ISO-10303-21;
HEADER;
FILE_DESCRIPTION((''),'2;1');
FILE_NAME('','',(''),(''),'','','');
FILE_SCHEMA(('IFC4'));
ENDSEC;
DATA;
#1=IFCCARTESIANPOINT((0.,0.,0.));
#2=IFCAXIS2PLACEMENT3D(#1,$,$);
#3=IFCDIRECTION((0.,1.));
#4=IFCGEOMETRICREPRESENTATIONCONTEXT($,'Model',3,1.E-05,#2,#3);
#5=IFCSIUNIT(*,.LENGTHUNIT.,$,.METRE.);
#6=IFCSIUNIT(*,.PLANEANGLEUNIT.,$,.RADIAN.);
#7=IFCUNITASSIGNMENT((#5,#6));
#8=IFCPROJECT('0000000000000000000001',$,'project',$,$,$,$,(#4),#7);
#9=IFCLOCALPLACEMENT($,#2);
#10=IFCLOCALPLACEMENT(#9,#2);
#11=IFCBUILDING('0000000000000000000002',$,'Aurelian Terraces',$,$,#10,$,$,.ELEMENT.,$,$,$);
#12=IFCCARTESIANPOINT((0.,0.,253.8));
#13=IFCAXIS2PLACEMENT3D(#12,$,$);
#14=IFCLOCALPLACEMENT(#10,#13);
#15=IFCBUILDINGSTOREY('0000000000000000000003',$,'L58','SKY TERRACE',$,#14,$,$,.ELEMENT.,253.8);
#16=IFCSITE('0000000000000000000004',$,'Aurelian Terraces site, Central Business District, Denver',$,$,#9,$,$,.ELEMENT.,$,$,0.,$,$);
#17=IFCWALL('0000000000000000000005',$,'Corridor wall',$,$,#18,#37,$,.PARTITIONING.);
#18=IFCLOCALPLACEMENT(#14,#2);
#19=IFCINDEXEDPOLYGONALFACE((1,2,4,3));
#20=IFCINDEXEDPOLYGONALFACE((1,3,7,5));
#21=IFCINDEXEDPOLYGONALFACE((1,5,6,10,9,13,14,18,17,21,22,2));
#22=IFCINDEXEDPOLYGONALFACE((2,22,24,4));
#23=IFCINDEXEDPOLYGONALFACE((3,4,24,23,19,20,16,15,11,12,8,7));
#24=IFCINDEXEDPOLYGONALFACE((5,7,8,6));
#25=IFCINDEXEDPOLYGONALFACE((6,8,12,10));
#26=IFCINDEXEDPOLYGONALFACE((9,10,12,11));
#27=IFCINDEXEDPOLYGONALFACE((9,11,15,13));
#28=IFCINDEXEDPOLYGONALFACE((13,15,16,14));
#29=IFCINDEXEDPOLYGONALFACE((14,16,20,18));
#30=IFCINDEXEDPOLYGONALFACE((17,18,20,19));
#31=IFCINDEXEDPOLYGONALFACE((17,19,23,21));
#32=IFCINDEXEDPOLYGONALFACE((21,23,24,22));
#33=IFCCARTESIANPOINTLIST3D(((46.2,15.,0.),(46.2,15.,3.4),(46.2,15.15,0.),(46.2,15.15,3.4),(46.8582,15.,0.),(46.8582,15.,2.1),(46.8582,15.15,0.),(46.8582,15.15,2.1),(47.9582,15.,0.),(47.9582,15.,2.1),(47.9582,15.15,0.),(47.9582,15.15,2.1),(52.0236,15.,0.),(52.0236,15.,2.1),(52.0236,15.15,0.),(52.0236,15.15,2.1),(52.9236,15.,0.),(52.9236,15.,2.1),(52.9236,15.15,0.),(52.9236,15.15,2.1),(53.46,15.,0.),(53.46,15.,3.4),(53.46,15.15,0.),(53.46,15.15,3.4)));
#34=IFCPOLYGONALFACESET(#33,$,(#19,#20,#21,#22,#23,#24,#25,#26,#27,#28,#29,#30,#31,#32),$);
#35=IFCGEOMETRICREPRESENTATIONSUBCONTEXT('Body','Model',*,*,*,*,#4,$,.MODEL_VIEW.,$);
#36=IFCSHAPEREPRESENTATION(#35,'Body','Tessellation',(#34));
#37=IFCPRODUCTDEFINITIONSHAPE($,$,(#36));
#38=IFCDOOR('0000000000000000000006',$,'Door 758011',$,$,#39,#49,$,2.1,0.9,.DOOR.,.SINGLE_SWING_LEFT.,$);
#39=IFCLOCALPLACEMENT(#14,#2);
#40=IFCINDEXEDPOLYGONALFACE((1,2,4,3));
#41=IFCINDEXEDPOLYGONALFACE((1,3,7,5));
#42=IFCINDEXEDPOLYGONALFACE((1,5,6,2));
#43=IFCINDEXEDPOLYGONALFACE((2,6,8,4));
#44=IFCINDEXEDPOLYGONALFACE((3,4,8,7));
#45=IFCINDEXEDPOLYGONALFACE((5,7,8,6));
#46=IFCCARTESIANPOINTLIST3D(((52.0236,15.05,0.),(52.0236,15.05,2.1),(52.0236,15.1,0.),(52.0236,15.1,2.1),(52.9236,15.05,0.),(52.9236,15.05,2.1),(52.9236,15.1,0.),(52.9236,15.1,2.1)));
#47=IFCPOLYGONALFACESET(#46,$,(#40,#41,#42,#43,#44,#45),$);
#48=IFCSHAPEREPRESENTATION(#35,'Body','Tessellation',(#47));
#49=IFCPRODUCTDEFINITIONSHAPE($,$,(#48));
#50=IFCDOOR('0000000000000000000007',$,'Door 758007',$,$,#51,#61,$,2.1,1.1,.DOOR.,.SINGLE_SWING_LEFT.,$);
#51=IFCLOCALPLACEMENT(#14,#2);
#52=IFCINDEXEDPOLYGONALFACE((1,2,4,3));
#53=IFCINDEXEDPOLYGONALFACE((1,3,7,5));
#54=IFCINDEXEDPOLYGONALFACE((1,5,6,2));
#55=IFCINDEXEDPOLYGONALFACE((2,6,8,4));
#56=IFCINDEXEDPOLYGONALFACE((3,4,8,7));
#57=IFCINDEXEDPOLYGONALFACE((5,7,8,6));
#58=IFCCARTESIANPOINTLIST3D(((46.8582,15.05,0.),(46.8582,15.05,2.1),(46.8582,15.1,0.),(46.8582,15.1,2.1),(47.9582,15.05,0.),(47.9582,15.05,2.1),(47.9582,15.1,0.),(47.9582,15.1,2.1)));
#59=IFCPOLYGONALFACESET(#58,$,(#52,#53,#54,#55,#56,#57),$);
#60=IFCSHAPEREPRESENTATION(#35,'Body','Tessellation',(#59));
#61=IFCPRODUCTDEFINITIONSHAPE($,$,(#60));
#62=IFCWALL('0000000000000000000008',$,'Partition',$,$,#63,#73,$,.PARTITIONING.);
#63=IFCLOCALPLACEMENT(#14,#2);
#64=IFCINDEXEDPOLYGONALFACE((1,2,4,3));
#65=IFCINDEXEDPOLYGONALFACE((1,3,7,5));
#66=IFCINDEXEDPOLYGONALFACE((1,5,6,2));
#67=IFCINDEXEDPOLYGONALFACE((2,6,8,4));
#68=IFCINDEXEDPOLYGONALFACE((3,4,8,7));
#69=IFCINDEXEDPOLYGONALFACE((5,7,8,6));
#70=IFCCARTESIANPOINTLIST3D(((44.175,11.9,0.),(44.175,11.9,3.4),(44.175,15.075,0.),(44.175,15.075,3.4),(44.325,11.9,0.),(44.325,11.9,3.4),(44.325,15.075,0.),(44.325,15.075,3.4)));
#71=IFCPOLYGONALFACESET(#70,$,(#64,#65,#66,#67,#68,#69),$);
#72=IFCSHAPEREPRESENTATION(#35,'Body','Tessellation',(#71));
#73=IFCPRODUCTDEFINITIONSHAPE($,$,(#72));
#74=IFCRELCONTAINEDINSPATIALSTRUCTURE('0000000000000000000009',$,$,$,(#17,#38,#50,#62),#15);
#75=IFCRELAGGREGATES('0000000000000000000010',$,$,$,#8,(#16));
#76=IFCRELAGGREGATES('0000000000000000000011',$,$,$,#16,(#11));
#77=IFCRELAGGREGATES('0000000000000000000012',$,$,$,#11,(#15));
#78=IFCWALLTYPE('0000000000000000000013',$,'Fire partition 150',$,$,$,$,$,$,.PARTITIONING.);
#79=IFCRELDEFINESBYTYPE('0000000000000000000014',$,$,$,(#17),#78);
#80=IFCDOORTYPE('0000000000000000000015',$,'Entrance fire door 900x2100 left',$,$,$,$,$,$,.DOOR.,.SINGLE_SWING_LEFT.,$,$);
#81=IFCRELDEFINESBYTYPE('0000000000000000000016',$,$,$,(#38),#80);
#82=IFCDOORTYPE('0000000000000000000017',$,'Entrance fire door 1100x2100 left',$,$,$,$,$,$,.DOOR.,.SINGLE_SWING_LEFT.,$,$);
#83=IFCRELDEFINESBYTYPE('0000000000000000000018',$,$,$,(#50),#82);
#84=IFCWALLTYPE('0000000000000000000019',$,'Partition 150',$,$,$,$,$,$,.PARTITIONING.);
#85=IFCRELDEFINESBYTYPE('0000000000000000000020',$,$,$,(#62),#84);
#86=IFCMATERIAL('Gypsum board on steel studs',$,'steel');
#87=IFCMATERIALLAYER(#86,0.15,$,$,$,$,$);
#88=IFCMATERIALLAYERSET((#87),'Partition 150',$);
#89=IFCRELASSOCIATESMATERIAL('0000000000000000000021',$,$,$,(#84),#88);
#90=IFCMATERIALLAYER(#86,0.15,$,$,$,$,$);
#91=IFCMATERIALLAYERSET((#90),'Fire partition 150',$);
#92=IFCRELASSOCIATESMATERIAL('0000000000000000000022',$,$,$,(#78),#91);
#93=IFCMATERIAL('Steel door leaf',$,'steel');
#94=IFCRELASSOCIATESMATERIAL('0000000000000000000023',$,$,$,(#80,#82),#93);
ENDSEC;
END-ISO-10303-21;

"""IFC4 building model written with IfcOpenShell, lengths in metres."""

from ifc_helpers import new_model, si_unit, direction, frame, frame_2d, origin, place, context, subcontext, project, spatial, rectangle, extrude, source, transform, mapped, material, layer, layer_set, type_object, element, fill, save


model = new_model("IFC4")

# Units and contexts
model_context = context("Model", 3, precision=1e-05, world=origin(), true_north=direction((0.0, 1.0)))
body_context = subcontext(model_context, "Body", "Model", "MODEL_VIEW")
ifc_project = project(units=[si_unit("LENGTHUNIT", "METRE"), si_unit("PLANEANGLEUNIT", "RADIAN")], contexts=[model_context])

# Site, building, storey
site_placement = place(None, origin())
site = spatial("IfcSite", under=ifc_project, at=site_placement, Name="Aurelian Terraces site, Central Business District, Denver", CompositionType="ELEMENT", RefElevation=0.0)
building_placement = place(site_placement, origin())
building = spatial("IfcBuilding", under=site, at=building_placement, Name="Aurelian Terraces", CompositionType="ELEMENT")
storey_placement = place(building_placement, frame((0.0, 0.0, 253.8)))
storey = spatial("IfcBuildingStorey", under=building, at=storey_placement, Name="L58", Description="SKY TERRACE", CompositionType="ELEMENT", Elevation=253.8)

# Shared definitions
ifc_material_1 = material(Name="Gypsum board on steel studs", Category="steel")
ifc_layer_1 = layer(ifc_material_1, 0.15)
ifc_layer_set_1 = layer_set([ifc_layer_1], Name="Partition 150")
wall_type_1 = type_object("IfcWallType", Name="Partition 150", PredefinedType="PARTITIONING", material=ifc_layer_set_1)

# Shared definitions
ifc_layer_2 = layer(ifc_material_1, 0.15)
ifc_layer_set_2 = layer_set([ifc_layer_2], Name="Fire partition 150")
wall_type_2 = type_object("IfcWallType", Name="Fire partition 150", PredefinedType="PARTITIONING", material=ifc_layer_set_2)
shared_shape_1 = source(origin(), body_context, "Body", "SweptSolid", [
    extrude(rectangle(XDim=0.9, YDim=2.1, at=frame_2d((0.45, 1.05))), frame((0.0, 0.085, 0.0), z_axis=(0.0, -1.0, 0.0), x_axis=(1.0, 0.0, 0.0)), (0.0, 0.0, 1.0), 0.17),
])
shared_shape_2 = source(origin(), body_context, "Body", "SweptSolid", [
    extrude(rectangle(XDim=0.9, YDim=2.1, at=frame_2d((0.45, 1.05))), frame((0.0, 0.025, 0.0), z_axis=(0.0, -1.0, 0.0), x_axis=(1.0, 0.0, 0.0)), (0.0, 0.0, 1.0), 0.05),
])

# Wall, openings, doors
ifc_material_2 = material(Name="Steel door leaf", Category="steel")
door_type_1 = type_object("IfcDoorType", Name="Entrance fire door 900x2100 left", OperationType="SINGLE_SWING_LEFT", PredefinedType="DOOR", material=ifc_material_2)
shared_shape_3 = source(origin(), body_context, "Body", "SweptSolid", [
    extrude(rectangle(XDim=7.26, YDim=0.15, at=frame_2d((3.63, 0.0))), origin(), (0.0, 0.0, 1.0), 3.4),
])
wall_1_placement = place(storey_placement, frame((53.46, 15.075, 0.0), z_axis=(0.0, 0.0, 1.0), x_axis=(-1.0, 0.0, 0.0)))
wall_1 = element("IfcWall", 1, at=wall_1_placement, inside=storey, type_object=wall_type_2, Name="Corridor wall", PredefinedType="PARTITIONING", context=body_context, shape_type="MappedRepresentation", body=[
    mapped(shared_shape_3, transform((0.0, 0.0, 0.0), scale=1.0)),
])
shared_shape_4 = source(origin(), body_context, "Body", "SweptSolid", [
    extrude(rectangle(XDim=1.1, YDim=2.1, at=frame_2d((0.55, 1.05))), frame((0.0, 0.085, 0.0), z_axis=(0.0, -1.0, 0.0), x_axis=(1.0, 0.0, 0.0)), (0.0, 0.0, 1.0), 0.17),
])
opening_1_placement = place(wall_1_placement, frame((5.5018, 0.0, 0.0)))
opening_1 = element("IfcOpeningElement", 2, at=opening_1_placement, cuts=wall_1, PredefinedType="OPENING", context=body_context, shape_type="MappedRepresentation", body=[
    mapped(shared_shape_4, transform((0.0, 0.0, 0.0), scale=1.0)),
])
opening_2_placement = place(wall_1_placement, frame((0.5364, 0.0, 0.0)))
opening_2 = element("IfcOpeningElement", 3, at=opening_2_placement, cuts=wall_1, PredefinedType="OPENING", context=body_context, shape_type="MappedRepresentation", body=[
    mapped(shared_shape_1, transform((0.0, 0.0, 0.0), scale=1.0)),
])
door_1_placement = place(opening_2_placement, origin())
door_1 = element("IfcDoor", 4, at=door_1_placement, inside=storey, type_object=door_type_1, Name="Door 758011", OperationType="SINGLE_SWING_LEFT", OverallHeight=2.1, OverallWidth=0.9, PredefinedType="DOOR", context=body_context, shape_type="MappedRepresentation", body=[
    mapped(shared_shape_2, transform((0.0, 0.0, 0.0), scale=1.0)),
])
fill(opening_2, door_1)
door_type_2 = type_object("IfcDoorType", Name="Entrance fire door 1100x2100 left", OperationType="SINGLE_SWING_LEFT", PredefinedType="DOOR", material=ifc_material_2)
shared_shape_5 = source(origin(), body_context, "Body", "SweptSolid", [
    extrude(rectangle(XDim=1.1, YDim=2.1, at=frame_2d((0.55, 1.05))), frame((0.0, 0.025, 0.0), z_axis=(0.0, -1.0, 0.0), x_axis=(1.0, 0.0, 0.0)), (0.0, 0.0, 1.0), 0.05),
])
door_2_placement = place(opening_1_placement, origin())
door_2 = element("IfcDoor", 5, at=door_2_placement, inside=storey, type_object=door_type_2, Name="Door 758007", OperationType="SINGLE_SWING_LEFT", OverallHeight=2.1, OverallWidth=1.1, PredefinedType="DOOR", context=body_context, shape_type="MappedRepresentation", body=[
    mapped(shared_shape_5, transform((0.0, 0.0, 0.0), scale=1.0)),
])
fill(opening_1, door_2)

# Wall
shared_shape_6 = source(origin(), body_context, "Body", "SweptSolid", [
    extrude(rectangle(XDim=3.175, YDim=0.15, at=frame_2d((1.5875, 0.0))), origin(), (0.0, 0.0, 1.0), 3.4),
])
wall_2_placement = place(storey_placement, frame((44.25, 11.9, 0.0), z_axis=(0.0, 0.0, 1.0), x_axis=(0.0, 1.0, 0.0)))
element("IfcWall", 6, at=wall_2_placement, inside=storey, type_object=wall_type_1, Name="Partition", PredefinedType="PARTITIONING", context=body_context, shape_type="MappedRepresentation", body=[
    mapped(shared_shape_6, transform((0.0, 0.0, 0.0), scale=1.0)),
])

save(model, "model.ifc")
